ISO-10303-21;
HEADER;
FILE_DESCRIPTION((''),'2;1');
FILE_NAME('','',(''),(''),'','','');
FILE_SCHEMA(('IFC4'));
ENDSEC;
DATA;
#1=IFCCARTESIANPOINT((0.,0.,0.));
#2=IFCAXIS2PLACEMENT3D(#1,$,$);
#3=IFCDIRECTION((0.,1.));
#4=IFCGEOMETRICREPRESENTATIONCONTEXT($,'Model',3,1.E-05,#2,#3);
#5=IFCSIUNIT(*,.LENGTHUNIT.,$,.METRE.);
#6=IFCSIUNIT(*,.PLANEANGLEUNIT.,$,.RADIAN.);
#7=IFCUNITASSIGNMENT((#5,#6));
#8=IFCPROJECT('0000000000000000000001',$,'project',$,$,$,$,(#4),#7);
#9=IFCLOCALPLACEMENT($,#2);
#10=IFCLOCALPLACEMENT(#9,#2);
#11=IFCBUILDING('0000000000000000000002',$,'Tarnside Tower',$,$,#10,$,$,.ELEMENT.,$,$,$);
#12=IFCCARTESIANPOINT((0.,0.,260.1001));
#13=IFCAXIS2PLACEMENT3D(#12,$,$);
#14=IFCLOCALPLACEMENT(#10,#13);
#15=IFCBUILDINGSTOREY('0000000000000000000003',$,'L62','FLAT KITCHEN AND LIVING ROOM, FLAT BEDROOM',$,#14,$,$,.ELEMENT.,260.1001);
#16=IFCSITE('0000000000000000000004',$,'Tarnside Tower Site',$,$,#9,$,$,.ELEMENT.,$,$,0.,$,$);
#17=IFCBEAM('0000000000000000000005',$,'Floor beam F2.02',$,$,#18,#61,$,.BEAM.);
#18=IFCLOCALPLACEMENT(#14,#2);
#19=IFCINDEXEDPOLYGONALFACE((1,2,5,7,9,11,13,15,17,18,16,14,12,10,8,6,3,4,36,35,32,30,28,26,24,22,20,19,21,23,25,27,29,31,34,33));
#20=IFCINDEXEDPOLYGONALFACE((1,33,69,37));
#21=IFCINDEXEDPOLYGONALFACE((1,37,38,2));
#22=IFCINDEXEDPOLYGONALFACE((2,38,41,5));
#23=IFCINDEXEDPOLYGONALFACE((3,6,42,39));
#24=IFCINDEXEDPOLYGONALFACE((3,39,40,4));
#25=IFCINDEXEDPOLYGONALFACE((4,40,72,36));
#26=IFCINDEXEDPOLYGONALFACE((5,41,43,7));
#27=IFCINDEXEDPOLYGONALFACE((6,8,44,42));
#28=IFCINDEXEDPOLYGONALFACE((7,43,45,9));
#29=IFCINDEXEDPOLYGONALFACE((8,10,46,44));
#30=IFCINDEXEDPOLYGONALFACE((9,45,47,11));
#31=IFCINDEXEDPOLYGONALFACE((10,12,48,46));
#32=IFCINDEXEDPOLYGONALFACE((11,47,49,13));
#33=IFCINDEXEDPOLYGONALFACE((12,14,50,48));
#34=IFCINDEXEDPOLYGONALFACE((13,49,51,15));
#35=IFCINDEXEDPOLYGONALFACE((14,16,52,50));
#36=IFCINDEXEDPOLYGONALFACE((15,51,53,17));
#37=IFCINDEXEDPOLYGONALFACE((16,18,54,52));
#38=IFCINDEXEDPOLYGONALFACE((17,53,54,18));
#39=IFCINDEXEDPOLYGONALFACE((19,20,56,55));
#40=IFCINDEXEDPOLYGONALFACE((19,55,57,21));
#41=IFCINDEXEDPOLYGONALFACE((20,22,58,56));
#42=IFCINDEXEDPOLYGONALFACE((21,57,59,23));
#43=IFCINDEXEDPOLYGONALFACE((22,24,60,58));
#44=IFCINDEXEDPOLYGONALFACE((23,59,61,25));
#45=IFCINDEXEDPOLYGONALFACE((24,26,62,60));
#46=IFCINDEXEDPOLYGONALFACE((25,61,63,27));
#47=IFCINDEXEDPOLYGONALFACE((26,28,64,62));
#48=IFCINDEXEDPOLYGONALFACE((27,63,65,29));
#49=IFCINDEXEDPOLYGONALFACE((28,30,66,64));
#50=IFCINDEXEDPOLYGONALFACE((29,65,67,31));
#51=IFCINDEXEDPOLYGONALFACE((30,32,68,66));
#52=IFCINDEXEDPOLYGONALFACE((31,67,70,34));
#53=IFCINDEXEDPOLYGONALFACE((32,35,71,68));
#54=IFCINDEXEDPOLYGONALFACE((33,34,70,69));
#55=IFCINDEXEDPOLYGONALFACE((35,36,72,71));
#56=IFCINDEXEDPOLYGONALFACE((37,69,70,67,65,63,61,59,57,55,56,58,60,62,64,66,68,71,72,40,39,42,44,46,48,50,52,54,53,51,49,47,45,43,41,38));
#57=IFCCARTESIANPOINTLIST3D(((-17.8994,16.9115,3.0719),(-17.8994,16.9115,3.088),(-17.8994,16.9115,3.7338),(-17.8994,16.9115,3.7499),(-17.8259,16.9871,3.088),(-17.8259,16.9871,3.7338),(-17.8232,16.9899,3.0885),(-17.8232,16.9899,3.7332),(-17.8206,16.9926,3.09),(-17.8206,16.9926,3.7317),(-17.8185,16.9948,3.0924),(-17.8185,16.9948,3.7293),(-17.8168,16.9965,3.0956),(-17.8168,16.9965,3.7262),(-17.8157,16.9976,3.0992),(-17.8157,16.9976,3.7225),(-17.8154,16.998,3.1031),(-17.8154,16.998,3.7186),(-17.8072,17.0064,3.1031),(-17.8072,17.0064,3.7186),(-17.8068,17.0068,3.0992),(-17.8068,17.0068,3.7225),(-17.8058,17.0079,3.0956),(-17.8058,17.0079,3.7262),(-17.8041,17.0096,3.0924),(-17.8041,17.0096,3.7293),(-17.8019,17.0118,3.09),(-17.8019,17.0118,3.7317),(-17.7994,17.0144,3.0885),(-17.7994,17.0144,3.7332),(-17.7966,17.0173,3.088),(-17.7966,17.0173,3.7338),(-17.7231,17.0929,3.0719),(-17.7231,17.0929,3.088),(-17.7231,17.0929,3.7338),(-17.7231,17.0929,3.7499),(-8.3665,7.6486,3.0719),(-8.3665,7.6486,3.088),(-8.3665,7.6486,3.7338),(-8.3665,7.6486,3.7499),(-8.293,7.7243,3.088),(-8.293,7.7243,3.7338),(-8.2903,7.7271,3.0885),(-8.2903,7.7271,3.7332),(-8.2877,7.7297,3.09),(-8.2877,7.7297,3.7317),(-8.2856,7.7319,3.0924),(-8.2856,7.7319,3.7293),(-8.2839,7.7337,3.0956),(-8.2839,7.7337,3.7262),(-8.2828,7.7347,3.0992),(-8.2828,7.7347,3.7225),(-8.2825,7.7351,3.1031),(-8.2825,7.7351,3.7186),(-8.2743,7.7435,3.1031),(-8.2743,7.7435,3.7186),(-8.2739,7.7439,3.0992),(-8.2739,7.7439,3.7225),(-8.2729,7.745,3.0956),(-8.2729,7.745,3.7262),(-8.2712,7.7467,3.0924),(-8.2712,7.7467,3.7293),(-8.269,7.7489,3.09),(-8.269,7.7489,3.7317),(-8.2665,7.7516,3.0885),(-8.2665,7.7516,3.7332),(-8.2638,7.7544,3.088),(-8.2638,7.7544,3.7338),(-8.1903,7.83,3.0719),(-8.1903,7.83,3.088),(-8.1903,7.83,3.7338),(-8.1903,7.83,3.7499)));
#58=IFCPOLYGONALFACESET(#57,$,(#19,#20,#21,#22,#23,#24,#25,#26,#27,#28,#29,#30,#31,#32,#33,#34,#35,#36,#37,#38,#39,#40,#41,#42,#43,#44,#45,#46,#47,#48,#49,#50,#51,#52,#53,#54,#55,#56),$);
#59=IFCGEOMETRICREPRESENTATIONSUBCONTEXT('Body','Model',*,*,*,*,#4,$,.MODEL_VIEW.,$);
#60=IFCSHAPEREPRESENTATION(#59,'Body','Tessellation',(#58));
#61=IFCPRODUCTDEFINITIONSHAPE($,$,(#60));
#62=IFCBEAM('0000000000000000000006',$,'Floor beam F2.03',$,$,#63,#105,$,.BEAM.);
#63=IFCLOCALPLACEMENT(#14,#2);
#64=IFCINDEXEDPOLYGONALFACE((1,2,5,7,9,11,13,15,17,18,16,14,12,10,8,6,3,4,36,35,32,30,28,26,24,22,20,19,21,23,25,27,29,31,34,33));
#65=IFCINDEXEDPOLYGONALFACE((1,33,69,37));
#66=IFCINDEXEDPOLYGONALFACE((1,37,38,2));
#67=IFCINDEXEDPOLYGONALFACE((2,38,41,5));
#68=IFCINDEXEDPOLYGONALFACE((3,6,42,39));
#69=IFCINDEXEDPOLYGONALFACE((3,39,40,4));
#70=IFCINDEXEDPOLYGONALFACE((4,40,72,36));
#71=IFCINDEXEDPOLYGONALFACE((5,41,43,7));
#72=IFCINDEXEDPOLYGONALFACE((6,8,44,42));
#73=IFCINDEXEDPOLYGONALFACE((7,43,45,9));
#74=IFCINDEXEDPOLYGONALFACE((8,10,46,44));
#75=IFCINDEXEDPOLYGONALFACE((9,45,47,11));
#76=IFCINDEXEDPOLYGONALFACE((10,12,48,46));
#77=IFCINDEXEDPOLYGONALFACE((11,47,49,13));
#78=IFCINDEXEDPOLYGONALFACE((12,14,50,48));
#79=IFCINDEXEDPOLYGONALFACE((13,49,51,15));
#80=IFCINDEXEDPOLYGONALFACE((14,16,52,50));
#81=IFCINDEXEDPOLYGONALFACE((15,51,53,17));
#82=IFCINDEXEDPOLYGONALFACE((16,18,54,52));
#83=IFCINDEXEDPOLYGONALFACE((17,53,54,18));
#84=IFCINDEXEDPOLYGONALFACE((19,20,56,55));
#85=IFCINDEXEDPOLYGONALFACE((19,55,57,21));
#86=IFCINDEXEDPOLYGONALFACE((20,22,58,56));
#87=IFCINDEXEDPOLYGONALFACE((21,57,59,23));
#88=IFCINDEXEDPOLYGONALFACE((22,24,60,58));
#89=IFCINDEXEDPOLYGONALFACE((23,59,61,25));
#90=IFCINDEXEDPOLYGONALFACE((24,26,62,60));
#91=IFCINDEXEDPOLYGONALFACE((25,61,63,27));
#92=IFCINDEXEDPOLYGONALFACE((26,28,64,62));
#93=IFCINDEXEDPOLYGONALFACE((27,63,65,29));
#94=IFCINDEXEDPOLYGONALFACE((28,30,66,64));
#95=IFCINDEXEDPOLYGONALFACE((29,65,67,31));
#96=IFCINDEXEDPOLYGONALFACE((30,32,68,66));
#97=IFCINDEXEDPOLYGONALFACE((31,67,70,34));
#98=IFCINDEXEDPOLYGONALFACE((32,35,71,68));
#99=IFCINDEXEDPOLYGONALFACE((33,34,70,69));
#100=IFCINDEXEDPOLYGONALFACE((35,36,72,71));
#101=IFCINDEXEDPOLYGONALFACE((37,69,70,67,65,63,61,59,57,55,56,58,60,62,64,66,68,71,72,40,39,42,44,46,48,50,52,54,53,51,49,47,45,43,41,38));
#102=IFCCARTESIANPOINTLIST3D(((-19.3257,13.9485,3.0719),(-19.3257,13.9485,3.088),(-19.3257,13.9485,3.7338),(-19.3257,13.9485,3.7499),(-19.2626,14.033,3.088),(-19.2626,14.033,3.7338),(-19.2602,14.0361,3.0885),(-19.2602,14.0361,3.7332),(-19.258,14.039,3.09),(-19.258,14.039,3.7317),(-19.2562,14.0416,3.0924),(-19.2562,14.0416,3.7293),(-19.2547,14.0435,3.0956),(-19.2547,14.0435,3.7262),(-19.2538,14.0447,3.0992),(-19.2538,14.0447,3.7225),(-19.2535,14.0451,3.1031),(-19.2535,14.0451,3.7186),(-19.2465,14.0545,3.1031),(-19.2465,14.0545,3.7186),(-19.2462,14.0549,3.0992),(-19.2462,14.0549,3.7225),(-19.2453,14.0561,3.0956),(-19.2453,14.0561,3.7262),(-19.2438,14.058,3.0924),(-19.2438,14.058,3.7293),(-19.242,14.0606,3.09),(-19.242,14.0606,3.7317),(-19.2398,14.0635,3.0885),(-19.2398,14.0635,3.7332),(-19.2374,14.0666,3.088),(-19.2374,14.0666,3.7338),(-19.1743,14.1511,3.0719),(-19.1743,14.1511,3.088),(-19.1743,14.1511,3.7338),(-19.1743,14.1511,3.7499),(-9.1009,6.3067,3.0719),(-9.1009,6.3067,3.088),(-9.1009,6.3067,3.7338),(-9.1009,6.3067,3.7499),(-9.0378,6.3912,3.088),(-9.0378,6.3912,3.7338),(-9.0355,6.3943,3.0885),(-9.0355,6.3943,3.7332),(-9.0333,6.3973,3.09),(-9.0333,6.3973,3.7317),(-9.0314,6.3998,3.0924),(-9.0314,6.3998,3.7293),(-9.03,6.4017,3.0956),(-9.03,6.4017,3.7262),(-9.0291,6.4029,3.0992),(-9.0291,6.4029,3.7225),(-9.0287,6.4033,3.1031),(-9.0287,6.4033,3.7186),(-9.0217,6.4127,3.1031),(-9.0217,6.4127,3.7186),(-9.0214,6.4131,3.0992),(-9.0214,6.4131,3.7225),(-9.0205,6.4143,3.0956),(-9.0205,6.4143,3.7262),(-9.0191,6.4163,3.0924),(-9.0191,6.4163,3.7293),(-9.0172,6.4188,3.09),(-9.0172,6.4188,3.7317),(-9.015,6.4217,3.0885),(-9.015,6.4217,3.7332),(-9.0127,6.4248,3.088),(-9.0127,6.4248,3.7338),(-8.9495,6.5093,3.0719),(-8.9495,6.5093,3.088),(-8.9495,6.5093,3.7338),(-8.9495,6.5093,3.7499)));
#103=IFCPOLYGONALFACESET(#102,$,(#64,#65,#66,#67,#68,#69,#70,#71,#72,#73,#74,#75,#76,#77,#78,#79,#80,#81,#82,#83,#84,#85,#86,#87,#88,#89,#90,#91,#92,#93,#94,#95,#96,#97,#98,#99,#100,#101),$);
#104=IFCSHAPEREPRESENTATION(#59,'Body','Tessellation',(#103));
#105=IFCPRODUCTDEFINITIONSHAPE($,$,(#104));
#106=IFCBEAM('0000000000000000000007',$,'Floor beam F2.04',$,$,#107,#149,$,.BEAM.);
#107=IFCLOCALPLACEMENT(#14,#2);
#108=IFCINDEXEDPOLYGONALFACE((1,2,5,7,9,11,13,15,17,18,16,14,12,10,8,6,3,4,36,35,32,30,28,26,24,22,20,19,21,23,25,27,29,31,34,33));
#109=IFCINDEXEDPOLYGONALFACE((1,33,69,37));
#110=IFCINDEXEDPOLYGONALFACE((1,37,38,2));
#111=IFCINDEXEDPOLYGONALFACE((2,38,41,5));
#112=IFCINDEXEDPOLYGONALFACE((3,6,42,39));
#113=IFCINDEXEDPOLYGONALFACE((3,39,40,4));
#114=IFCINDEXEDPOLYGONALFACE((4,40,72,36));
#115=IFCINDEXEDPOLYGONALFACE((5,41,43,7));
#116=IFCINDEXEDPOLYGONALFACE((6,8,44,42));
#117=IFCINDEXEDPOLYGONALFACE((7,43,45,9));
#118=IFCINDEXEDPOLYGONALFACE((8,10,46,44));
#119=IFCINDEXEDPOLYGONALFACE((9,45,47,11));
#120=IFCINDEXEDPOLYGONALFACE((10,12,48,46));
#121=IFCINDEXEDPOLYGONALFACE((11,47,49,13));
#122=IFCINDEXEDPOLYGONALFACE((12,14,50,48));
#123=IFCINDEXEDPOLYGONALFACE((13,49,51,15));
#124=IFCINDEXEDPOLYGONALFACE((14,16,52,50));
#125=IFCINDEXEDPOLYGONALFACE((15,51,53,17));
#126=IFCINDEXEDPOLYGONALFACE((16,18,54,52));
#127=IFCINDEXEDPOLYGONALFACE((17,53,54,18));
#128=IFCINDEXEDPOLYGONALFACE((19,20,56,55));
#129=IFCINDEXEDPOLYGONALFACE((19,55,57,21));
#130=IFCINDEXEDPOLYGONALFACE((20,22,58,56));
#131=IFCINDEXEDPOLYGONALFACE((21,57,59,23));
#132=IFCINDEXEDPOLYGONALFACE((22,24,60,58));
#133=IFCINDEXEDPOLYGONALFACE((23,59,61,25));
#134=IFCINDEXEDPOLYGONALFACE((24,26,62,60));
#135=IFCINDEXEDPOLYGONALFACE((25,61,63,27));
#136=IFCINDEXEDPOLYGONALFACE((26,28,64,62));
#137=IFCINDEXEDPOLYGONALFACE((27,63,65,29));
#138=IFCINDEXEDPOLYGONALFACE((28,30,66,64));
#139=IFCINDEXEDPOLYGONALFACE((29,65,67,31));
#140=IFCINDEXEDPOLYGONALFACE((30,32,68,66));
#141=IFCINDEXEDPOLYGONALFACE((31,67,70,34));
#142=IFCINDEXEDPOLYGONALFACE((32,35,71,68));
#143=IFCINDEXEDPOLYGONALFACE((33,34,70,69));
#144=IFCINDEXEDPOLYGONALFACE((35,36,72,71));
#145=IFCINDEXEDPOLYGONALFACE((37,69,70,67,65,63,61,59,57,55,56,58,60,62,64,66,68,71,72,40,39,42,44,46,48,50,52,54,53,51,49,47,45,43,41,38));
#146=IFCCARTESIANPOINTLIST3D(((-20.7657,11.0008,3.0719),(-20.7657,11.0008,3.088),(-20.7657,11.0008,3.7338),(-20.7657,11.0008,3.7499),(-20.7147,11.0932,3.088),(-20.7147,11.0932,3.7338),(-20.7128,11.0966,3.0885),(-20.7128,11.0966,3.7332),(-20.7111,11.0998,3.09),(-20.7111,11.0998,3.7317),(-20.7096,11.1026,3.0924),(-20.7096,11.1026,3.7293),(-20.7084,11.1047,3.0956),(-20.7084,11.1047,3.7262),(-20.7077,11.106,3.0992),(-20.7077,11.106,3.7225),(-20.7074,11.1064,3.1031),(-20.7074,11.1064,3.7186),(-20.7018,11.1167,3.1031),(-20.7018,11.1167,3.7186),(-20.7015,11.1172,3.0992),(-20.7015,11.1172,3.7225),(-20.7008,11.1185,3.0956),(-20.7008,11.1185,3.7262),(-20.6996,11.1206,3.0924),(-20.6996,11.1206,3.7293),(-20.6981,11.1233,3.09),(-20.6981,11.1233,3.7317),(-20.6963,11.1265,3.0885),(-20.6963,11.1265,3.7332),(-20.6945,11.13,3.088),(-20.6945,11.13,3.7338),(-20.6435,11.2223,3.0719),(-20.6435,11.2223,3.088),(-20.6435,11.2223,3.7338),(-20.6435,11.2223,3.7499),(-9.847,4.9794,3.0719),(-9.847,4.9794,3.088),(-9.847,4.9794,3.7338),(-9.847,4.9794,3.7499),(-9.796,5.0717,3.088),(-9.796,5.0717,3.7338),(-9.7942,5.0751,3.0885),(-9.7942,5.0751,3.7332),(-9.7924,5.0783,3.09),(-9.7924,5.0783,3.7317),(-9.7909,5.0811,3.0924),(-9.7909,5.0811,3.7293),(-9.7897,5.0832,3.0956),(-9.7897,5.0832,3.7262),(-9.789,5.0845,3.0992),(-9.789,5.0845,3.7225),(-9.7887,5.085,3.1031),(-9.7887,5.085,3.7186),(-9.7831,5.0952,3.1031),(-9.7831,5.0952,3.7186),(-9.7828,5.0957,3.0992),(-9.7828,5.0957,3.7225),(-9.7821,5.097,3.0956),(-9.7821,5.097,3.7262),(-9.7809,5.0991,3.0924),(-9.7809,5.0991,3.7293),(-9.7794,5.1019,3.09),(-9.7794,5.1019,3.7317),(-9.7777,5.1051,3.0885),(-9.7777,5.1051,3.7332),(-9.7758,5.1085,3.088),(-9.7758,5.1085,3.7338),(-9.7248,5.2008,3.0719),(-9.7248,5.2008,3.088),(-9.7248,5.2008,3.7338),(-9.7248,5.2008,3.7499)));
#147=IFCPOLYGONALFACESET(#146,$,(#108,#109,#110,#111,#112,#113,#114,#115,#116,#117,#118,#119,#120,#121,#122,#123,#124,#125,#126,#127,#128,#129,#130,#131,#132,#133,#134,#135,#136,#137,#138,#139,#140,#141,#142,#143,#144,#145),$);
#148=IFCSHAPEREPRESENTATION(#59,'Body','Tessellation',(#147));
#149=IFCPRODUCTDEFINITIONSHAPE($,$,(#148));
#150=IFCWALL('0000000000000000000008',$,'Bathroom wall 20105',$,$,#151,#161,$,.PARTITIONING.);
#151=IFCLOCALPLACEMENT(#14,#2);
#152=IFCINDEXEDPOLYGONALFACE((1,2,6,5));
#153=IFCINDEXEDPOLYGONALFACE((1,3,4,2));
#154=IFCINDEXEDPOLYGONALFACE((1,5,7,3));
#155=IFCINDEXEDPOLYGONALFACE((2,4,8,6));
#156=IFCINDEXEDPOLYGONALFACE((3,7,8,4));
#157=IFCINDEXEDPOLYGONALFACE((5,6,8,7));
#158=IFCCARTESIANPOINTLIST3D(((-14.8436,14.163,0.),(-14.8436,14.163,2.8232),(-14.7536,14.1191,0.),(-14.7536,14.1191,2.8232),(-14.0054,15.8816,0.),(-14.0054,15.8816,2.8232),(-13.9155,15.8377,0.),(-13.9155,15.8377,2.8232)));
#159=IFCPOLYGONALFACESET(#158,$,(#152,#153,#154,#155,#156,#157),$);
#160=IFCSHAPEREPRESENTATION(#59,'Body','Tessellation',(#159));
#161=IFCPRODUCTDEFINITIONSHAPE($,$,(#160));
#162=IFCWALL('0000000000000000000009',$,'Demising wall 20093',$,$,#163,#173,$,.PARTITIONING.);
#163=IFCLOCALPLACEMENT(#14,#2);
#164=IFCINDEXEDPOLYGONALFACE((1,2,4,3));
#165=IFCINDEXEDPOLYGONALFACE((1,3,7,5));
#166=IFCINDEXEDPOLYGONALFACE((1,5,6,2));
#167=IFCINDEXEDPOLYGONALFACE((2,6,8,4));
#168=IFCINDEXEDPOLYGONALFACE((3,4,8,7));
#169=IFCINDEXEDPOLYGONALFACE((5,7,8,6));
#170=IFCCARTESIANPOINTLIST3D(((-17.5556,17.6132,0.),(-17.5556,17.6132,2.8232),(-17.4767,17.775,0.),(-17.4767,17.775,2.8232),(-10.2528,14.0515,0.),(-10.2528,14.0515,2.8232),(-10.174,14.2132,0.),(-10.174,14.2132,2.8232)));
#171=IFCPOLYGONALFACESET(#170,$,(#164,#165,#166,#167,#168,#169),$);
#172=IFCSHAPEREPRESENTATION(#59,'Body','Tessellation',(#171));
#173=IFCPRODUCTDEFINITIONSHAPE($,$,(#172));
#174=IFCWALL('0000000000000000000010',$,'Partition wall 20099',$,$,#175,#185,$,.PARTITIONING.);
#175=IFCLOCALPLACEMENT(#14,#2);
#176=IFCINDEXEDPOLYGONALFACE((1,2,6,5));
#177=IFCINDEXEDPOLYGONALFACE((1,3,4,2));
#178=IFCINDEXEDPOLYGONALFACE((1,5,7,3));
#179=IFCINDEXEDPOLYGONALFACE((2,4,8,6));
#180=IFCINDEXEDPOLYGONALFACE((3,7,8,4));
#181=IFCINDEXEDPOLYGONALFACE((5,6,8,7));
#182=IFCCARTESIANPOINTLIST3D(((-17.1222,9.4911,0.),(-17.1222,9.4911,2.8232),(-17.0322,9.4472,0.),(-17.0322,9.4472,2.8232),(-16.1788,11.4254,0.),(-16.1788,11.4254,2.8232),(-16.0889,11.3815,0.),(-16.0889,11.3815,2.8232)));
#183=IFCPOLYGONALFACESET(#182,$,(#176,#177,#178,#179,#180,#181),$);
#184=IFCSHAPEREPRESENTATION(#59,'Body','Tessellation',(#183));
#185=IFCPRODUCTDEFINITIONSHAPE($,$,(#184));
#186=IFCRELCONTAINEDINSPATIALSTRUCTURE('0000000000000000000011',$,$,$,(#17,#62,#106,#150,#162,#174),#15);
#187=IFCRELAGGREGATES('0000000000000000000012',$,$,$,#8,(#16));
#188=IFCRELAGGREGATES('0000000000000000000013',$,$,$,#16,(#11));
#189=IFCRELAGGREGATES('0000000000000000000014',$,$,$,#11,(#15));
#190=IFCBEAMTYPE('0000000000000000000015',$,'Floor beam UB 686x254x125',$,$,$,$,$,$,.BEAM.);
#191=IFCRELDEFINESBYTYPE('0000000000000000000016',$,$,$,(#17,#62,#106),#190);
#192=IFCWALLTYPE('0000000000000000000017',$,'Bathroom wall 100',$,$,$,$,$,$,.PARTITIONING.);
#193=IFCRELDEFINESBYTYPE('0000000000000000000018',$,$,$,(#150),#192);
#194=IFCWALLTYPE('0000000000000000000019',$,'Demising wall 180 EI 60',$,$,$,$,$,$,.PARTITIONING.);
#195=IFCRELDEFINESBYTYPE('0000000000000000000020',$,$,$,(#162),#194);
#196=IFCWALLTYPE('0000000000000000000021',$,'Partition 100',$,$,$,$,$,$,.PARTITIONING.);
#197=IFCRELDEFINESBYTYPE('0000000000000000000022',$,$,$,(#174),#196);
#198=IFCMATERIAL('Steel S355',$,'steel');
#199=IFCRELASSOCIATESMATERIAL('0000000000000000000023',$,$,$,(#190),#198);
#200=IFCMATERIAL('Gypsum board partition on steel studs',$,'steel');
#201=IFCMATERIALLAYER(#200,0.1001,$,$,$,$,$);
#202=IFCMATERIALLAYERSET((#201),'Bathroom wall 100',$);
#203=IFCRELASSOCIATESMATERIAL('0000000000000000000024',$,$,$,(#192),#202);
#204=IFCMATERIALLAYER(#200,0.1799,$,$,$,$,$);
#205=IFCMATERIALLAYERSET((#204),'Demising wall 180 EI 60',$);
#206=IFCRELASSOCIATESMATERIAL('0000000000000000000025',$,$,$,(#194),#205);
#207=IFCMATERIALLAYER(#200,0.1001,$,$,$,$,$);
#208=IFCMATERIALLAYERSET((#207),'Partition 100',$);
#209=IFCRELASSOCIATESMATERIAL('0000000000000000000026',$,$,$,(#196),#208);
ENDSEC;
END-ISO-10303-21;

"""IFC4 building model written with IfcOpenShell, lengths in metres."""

from ifc_helpers import new_model, si_unit, direction, frame, frame_2d, origin, origin_2d, place, context, subcontext, project, spatial, rectangle, i_section, extrude, material, layer, layer_set, material_profile, profile_set, type_object, element, save


model = new_model("IFC4")

# Units and contexts
model_context = context("Model", 3, precision=1e-05, world=origin(), true_north=direction((0.0, 1.0)))
body_context = subcontext(model_context, "Body", "Model", "MODEL_VIEW")
ifc_project = project(units=[si_unit("LENGTHUNIT", "METRE"), si_unit("PLANEANGLEUNIT", "RADIAN")], contexts=[model_context])

# Site, building, storey
site_placement = place(None, origin())
site = spatial("IfcSite", under=ifc_project, at=site_placement, Name="Tarnside Tower Site", CompositionType="ELEMENT", RefElevation=0.0)
building_placement = place(site_placement, origin())
building = spatial("IfcBuilding", under=site, at=building_placement, Name="Tarnside Tower", CompositionType="ELEMENT")
storey_placement = place(building_placement, frame((0.0, 0.0, 260.1001)))
storey = spatial("IfcBuildingStorey", under=building, at=storey_placement, Name="L62", Description="FLAT KITCHEN AND LIVING ROOM, FLAT BEDROOM", CompositionType="ELEMENT", Elevation=260.1001)

# Beams
ifc_material_1 = material(Name="Steel S355", Category="steel")
ifc_material_profile = material_profile(ifc_material_1, i_section(OverallWidth=0.2529, OverallDepth=0.678, WebThickness=0.0117, FlangeThickness=0.0161, FilletRadius=0.0151, at=origin_2d()), Name="UB 686x254x125")
ifc_profile_set = profile_set([ifc_material_profile], Name="Steel S355")
beam_type = type_object("IfcBeamType", Name="Floor beam UB 686x254x125", PredefinedType="BEAM", material=ifc_profile_set)
beam_1_placement = place(storey_placement, frame((-17.8113, 17.0022, 3.4109), z_axis=(0.717191, -0.696877, 0.0), x_axis=(0.696877, 0.717191, 0.0)))
element("IfcBeam", 1, at=beam_1_placement, inside=storey, type_object=beam_type, Name="Floor beam F2.02", PredefinedType="BEAM", context=body_context, shape_type="SweptSolid", body=[
    extrude(i_section(OverallWidth=0.2529, OverallDepth=0.678, WebThickness=0.0117, FlangeThickness=0.0161, FilletRadius=0.0151, at=origin_2d()), origin(), (0.0, 0.0, 1.0), 13.292),
])
beam_2_placement = place(storey_placement, frame((-19.25, 14.0498, 3.4109), z_axis=(0.801006, -0.598656, 0.0), x_axis=(0.598656, 0.801006, 0.0)))
element("IfcBeam", 2, at=beam_2_placement, inside=storey, type_object=beam_type, Name="Floor beam F2.03", PredefinedType="BEAM", context=body_context, shape_type="SweptSolid", body=[
    extrude(i_section(OverallWidth=0.2529, OverallDepth=0.678, WebThickness=0.0117, FlangeThickness=0.0161, FilletRadius=0.0151, at=origin_2d()), origin(), (0.0, 0.0, 1.0), 12.7649),
])
beam_3_placement = place(storey_placement, frame((-20.7046, 11.1116, 3.4109), z_axis=(0.875667, -0.482916, 0.0), x_axis=(0.482916, 0.875667, 0.0)))
element("IfcBeam", 3, at=beam_3_placement, inside=storey, type_object=beam_type, Name="Floor beam F2.04", PredefinedType="BEAM", context=body_context, shape_type="SweptSolid", body=[
    extrude(i_section(OverallWidth=0.2529, OverallDepth=0.678, WebThickness=0.0117, FlangeThickness=0.0161, FilletRadius=0.0151, at=origin_2d()), origin(), (0.0, 0.0, 1.0), 12.469),
])

# Walls
ifc_material_2 = material(Name="Gypsum board partition on steel studs", Category="steel")
ifc_layer_1 = layer(ifc_material_2, 0.1001)
ifc_layer_set_1 = layer_set([ifc_layer_1], Name="Bathroom wall 100")
wall_type_1 = type_object("IfcWallType", Name="Bathroom wall 100", PredefinedType="PARTITIONING", material=ifc_layer_set_1)
wall_1_placement = place(storey_placement, frame((-13.9604, 15.8596, 0.0), z_axis=(0.0, 0.0, 1.0), x_axis=(-0.438356, -0.898802, 0.0)))
element("IfcWall", 4, at=wall_1_placement, inside=storey, type_object=wall_type_1, Name="Bathroom wall 20105", PredefinedType="PARTITIONING", context=body_context, shape_type="SweptSolid", body=[
    extrude(rectangle(XDim=1.9121, YDim=0.1001, at=frame_2d((0.9561, 0.0))), origin(), (0.0, 0.0, 1.0), 2.8232),
])
ifc_layer_2 = layer(ifc_material_2, 0.1799)
ifc_layer_set_2 = layer_set([ifc_layer_2], Name="Demising wall 180 EI 60")
wall_type_2 = type_object("IfcWallType", Name="Demising wall 180 EI 60", PredefinedType="PARTITIONING", material=ifc_layer_set_2)
wall_2_placement = place(storey_placement, frame((-17.5161, 17.6941, 0.0), z_axis=(0.0, 0.0, 1.0), x_axis=(0.898795, -0.43837, 0.0)))
element("IfcWall", 5, at=wall_2_placement, inside=storey, type_object=wall_type_2, Name="Demising wall 20093", PredefinedType="PARTITIONING", context=body_context, shape_type="SweptSolid", body=[
    extrude(rectangle(XDim=8.125, YDim=0.1799, at=frame_2d((4.0625, 0.0))), origin(), (0.0, 0.0, 1.0), 2.8232),
])
ifc_layer_3 = layer(ifc_material_2, 0.1001)
ifc_layer_set_3 = layer_set([ifc_layer_3], Name="Partition 100")
wall_type_3 = type_object("IfcWallType", Name="Partition 100", PredefinedType="PARTITIONING", material=ifc_layer_set_3)
wall_3_placement = place(storey_placement, frame((-16.1338, 11.4036, 0.0), z_axis=(0.0, 0.0, 1.0), x_axis=(-0.438343, -0.898808, 0.0)))
element("IfcWall", 6, at=wall_3_placement, inside=storey, type_object=wall_type_3, Name="Partition wall 20099", PredefinedType="PARTITIONING", context=body_context, shape_type="SweptSolid", body=[
    extrude(rectangle(XDim=2.1521, YDim=0.1001, at=frame_2d((1.0762, 0.0))), origin(), (0.0, 0.0, 1.0), 2.8232),
])

save(model, "model.ifc")
